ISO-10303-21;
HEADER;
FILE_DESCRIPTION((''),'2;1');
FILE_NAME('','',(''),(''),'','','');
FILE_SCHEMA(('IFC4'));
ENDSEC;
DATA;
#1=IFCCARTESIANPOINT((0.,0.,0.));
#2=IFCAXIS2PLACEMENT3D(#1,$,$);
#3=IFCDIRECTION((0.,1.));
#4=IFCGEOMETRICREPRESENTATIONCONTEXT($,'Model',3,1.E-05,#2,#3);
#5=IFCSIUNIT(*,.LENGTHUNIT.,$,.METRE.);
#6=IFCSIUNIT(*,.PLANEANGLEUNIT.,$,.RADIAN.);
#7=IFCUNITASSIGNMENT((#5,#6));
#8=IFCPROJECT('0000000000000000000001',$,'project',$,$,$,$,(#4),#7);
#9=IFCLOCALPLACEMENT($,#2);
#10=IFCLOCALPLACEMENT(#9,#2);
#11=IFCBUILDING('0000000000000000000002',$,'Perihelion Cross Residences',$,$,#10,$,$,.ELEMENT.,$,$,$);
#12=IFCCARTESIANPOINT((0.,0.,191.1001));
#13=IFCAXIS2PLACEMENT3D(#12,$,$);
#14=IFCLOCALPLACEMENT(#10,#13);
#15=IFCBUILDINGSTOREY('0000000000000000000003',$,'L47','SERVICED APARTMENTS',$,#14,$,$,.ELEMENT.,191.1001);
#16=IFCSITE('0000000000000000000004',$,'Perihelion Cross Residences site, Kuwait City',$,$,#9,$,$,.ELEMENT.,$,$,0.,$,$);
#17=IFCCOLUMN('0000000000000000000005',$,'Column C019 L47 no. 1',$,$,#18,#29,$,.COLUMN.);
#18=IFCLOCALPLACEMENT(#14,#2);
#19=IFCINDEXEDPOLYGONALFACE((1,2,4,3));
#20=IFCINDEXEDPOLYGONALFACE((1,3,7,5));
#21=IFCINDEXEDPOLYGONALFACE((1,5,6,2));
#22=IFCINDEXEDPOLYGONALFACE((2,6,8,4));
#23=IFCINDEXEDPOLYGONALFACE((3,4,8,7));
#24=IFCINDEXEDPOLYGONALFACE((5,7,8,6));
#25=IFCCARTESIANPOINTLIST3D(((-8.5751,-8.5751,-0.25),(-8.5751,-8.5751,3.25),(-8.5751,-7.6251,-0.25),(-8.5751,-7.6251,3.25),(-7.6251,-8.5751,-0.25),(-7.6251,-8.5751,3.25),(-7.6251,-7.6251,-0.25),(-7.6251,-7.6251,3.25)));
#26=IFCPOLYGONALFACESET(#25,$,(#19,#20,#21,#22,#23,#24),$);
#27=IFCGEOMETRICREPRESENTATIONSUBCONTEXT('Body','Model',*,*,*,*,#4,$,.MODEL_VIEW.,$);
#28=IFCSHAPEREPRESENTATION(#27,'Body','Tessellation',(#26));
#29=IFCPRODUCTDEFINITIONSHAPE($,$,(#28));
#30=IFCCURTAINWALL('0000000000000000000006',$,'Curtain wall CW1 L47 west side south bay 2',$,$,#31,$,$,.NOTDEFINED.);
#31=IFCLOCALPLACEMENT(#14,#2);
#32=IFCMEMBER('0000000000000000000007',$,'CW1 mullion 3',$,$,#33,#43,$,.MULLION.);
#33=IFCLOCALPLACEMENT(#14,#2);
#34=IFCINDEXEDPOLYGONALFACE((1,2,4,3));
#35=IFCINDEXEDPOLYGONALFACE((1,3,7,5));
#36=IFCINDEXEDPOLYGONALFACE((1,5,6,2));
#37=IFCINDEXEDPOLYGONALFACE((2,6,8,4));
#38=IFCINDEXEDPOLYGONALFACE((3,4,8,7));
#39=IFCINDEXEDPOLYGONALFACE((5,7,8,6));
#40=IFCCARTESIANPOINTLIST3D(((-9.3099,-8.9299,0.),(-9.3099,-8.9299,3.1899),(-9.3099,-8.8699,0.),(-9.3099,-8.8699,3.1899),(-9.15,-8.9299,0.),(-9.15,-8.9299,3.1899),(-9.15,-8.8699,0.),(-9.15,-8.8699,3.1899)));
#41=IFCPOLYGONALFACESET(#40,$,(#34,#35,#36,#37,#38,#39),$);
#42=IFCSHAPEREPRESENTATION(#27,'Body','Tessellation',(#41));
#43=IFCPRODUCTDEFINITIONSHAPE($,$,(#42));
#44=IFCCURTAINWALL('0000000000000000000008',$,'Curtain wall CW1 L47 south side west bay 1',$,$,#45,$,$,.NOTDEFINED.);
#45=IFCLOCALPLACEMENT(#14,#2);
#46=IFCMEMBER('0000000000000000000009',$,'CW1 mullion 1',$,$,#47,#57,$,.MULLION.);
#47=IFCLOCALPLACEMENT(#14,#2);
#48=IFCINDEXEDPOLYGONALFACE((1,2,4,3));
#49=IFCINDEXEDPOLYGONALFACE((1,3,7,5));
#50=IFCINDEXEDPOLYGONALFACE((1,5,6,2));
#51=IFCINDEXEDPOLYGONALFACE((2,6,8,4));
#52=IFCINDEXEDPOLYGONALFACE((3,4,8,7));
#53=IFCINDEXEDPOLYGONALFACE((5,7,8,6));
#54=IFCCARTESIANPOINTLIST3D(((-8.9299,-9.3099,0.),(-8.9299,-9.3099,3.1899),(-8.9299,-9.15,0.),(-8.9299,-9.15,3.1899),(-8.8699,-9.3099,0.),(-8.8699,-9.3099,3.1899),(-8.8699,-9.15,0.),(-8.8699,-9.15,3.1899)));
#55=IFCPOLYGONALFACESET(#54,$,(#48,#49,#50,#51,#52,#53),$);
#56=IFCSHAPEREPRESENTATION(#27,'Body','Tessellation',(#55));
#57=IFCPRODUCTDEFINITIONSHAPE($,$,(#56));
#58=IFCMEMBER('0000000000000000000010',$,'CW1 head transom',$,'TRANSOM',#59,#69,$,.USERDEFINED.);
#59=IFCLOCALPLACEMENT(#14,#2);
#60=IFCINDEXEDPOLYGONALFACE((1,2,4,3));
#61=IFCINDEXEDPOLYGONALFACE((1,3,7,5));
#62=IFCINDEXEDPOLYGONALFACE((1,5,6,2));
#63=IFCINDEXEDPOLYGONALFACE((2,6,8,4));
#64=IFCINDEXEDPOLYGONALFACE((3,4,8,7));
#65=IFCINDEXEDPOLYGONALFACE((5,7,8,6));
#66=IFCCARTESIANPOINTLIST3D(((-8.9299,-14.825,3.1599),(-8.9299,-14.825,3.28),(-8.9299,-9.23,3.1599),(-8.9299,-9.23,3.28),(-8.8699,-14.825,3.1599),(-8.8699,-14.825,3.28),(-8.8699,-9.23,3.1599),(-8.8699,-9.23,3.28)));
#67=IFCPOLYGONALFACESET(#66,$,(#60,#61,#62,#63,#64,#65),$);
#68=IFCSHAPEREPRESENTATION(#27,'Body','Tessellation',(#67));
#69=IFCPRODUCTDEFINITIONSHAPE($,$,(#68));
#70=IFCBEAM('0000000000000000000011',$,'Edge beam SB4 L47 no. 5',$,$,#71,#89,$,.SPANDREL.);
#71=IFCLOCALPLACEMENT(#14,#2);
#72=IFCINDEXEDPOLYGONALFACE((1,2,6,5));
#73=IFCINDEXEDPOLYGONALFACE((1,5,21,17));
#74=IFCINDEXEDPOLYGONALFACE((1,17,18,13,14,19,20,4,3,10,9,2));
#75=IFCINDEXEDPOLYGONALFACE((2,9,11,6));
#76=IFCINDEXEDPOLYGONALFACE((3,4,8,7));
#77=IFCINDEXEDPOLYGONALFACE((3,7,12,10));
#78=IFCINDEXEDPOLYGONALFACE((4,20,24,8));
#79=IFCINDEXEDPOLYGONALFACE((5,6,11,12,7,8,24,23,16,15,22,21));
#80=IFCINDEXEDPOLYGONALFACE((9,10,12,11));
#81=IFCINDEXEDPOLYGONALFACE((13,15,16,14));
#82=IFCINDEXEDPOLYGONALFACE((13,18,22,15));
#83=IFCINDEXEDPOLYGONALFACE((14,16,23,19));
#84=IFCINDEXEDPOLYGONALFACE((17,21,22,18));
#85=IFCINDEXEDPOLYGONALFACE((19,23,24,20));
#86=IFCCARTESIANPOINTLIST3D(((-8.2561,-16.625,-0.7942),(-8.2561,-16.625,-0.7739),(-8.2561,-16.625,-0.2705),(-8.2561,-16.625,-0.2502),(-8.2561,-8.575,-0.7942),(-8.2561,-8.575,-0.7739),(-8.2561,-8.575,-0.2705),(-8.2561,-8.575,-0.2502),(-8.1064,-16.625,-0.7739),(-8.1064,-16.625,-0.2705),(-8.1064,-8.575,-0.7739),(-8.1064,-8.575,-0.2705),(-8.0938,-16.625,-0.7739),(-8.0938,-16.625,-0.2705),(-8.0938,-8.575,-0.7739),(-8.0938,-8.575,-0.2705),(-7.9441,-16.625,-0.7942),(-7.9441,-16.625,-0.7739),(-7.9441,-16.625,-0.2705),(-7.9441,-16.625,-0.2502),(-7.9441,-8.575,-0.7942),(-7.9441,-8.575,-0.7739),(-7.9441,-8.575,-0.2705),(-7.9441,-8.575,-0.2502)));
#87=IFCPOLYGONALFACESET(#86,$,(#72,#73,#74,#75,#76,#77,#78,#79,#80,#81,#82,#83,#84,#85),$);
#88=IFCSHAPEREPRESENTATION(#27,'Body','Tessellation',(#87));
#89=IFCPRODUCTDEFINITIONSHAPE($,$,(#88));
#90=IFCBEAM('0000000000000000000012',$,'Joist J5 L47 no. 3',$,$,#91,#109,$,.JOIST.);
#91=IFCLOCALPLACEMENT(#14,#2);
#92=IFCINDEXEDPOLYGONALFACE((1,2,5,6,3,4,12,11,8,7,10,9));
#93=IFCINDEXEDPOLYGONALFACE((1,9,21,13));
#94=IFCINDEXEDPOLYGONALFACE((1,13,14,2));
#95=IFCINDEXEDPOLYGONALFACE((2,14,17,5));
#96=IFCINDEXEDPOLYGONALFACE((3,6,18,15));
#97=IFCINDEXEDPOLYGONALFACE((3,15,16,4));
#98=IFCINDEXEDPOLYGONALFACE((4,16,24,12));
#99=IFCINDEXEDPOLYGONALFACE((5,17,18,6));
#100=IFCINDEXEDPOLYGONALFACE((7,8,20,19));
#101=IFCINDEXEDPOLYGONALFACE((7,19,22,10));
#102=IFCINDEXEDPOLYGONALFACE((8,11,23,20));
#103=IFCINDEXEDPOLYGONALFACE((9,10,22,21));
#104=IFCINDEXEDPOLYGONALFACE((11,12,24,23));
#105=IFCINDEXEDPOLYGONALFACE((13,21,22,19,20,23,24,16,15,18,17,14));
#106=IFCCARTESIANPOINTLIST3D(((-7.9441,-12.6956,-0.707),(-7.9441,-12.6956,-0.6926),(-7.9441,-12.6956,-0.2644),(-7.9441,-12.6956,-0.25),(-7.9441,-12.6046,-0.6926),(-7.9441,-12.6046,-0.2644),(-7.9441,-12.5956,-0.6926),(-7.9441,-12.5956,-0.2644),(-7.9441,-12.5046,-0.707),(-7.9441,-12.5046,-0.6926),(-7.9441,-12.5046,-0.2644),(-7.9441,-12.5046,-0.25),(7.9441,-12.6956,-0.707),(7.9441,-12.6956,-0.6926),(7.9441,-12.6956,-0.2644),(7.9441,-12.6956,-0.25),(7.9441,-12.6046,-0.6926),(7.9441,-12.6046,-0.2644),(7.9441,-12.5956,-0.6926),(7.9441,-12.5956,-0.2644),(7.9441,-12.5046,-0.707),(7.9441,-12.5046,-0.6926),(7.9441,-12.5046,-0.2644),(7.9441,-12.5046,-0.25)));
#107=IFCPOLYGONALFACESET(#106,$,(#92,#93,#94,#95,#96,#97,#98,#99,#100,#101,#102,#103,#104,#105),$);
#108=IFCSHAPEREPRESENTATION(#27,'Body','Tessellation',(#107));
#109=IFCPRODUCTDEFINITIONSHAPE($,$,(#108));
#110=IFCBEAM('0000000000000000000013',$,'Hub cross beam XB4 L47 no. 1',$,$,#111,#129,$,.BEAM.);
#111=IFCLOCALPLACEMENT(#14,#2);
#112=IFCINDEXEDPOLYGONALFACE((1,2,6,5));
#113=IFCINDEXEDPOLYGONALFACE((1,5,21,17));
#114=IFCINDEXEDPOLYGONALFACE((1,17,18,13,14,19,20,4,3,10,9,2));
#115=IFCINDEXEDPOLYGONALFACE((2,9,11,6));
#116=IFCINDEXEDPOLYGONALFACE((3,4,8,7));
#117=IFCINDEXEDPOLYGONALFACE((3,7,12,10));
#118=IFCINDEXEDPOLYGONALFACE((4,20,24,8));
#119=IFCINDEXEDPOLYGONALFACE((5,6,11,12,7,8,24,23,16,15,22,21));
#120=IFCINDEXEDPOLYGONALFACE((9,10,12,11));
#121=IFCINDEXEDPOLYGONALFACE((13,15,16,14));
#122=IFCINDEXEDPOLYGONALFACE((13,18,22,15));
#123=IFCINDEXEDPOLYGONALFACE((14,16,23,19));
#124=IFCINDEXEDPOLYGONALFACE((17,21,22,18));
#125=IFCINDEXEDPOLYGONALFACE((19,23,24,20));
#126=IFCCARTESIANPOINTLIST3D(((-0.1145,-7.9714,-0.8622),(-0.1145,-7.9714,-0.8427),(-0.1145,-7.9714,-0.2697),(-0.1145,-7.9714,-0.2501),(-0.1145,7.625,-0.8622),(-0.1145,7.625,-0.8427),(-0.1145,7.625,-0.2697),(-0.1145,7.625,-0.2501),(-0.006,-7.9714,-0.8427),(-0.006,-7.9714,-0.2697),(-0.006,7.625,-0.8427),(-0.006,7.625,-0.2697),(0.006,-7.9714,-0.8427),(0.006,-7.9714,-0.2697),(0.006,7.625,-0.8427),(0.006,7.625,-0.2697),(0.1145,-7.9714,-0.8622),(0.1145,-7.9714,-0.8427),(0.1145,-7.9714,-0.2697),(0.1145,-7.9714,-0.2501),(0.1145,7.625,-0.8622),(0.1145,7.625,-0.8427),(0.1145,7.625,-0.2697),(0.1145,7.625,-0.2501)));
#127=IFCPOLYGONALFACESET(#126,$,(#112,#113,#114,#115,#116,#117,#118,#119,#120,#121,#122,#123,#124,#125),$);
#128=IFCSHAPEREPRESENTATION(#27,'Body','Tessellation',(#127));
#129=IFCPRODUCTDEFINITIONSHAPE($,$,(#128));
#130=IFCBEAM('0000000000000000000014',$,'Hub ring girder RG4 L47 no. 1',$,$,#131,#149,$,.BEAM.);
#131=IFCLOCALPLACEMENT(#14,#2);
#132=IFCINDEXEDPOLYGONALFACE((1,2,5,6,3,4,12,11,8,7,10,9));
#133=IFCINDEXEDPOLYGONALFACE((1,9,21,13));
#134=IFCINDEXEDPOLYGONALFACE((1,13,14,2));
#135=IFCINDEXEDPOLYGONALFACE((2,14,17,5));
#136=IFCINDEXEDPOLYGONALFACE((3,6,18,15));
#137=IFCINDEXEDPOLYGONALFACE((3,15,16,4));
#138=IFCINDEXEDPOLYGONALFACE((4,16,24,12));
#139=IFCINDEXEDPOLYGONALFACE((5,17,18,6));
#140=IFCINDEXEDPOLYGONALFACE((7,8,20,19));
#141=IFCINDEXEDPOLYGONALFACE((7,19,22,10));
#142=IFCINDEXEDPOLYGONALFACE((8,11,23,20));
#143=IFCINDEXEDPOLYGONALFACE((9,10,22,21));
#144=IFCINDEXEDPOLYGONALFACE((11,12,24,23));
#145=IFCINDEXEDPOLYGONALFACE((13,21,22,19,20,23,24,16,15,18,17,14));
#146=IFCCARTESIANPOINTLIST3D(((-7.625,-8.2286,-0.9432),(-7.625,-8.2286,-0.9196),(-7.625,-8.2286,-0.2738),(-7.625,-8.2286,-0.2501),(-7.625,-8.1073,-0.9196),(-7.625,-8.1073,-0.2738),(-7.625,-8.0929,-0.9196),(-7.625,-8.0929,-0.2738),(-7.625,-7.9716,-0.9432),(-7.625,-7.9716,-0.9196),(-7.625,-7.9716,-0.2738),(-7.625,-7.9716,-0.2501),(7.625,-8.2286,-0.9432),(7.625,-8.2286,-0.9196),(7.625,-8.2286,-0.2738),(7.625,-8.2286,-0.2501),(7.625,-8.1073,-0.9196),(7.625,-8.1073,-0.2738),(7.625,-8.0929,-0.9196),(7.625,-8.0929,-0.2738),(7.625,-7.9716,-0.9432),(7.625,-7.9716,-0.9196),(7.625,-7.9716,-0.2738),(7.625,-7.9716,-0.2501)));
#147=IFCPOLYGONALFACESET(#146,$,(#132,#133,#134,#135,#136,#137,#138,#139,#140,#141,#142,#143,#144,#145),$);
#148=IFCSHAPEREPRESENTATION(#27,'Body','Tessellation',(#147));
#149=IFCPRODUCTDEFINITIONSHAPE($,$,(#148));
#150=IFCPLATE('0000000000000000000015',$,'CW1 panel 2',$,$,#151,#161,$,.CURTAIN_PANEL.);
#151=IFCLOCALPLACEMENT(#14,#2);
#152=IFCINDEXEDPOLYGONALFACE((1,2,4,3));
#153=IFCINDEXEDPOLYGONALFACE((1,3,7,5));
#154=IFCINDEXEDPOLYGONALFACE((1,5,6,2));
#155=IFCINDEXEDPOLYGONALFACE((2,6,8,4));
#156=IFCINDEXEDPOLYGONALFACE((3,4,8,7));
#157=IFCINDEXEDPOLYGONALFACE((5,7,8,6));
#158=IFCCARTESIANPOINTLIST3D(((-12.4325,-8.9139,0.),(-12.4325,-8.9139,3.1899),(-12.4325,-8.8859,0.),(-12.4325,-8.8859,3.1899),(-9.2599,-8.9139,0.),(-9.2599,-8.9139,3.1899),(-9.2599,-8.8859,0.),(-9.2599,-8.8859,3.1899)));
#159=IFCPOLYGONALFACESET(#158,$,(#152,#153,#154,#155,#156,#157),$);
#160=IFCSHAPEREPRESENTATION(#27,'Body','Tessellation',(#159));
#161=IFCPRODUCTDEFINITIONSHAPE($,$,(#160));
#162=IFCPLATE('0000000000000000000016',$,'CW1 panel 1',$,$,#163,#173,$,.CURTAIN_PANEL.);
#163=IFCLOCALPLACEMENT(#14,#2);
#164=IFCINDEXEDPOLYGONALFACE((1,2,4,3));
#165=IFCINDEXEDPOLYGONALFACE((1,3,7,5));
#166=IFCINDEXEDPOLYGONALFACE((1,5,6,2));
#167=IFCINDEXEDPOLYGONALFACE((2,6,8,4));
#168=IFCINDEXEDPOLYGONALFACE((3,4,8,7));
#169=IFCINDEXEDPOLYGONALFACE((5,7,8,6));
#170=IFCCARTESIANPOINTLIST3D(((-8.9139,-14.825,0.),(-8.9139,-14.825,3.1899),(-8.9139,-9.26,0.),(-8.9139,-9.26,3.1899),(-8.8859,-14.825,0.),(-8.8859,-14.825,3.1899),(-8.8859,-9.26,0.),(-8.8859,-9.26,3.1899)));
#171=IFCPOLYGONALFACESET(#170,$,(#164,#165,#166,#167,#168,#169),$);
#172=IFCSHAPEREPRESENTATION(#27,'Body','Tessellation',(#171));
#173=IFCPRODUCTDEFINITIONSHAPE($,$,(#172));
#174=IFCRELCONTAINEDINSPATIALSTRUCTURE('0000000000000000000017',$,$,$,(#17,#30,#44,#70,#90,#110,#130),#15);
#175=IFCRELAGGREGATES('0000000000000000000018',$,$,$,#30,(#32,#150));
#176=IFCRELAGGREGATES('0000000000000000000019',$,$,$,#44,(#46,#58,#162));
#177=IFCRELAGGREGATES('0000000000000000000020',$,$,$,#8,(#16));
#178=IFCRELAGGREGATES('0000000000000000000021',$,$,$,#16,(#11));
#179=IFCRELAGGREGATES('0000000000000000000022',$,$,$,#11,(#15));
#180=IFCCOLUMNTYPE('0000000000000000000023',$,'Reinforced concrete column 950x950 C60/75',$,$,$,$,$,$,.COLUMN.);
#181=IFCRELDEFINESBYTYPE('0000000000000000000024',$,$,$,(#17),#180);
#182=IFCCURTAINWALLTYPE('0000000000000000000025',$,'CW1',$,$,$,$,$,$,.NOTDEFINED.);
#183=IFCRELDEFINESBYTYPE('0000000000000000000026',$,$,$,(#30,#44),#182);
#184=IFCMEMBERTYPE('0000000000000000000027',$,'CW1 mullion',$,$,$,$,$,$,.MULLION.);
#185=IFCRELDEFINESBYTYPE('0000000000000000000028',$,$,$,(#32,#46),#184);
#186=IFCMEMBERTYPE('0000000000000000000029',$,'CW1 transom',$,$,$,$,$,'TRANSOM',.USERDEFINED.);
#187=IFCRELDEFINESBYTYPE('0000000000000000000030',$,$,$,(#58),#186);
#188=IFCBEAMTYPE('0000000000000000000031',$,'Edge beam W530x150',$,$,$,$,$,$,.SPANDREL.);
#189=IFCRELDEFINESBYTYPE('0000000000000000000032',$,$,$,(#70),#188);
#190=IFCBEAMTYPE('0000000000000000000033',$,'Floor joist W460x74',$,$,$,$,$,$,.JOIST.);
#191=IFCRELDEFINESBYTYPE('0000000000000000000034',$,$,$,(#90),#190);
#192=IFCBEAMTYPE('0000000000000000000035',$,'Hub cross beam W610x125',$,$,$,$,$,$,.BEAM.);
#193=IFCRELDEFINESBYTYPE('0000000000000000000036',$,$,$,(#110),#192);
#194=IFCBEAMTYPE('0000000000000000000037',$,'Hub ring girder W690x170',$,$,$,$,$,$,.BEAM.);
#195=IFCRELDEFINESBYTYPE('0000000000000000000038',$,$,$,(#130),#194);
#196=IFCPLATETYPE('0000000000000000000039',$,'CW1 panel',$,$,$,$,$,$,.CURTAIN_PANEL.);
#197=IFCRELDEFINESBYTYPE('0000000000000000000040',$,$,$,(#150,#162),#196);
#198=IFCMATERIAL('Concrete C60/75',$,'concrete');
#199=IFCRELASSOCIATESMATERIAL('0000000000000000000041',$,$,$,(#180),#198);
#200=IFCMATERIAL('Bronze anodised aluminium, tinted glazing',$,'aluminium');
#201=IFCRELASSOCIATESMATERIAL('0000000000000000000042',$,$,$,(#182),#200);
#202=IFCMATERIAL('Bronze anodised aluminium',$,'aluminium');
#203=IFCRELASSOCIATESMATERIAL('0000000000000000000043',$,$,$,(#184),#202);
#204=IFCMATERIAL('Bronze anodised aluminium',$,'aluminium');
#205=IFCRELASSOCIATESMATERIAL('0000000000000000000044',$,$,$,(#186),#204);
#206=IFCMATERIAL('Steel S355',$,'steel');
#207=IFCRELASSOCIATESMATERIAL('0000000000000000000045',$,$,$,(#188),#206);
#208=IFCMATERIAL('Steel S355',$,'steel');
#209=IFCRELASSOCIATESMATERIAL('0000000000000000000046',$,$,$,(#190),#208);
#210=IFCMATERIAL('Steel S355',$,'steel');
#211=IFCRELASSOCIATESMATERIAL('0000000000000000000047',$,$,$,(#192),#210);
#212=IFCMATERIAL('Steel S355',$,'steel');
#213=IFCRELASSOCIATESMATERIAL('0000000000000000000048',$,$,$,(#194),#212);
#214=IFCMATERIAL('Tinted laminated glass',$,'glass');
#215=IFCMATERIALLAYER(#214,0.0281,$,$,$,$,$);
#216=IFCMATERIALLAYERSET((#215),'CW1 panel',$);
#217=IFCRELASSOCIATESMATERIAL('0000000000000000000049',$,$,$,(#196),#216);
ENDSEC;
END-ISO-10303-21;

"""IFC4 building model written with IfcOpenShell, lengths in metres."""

from ifc_helpers import new_model, si_unit, direction, frame, origin, origin_2d, place, context, subcontext, project, spatial, rectangle, i_section, extrude, material, layer, layer_set, material_profile, profile_set, type_object, element, aggregate, save


model = new_model("IFC4")

# Units and contexts
model_context = context("Model", 3, precision=1e-05, world=origin(), true_north=direction((0.0, 1.0)))
body_context = subcontext(model_context, "Body", "Model", "MODEL_VIEW")
ifc_project = project(units=[si_unit("LENGTHUNIT", "METRE"), si_unit("PLANEANGLEUNIT", "RADIAN")], contexts=[model_context])

# Site, building, storey
site_placement = place(None, origin())
site = spatial("IfcSite", under=ifc_project, at=site_placement, Name="Perihelion Cross Residences site, Kuwait City", CompositionType="ELEMENT", RefElevation=0.0)
building_placement = place(site_placement, origin())
building = spatial("IfcBuilding", under=site, at=building_placement, Name="Perihelion Cross Residences", CompositionType="ELEMENT")
storey_placement = place(building_placement, frame((0.0, 0.0, 191.1001)))
storey = spatial("IfcBuildingStorey", under=building, at=storey_placement, Name="L47", Description="SERVICED APARTMENTS", CompositionType="ELEMENT", Elevation=191.1001)

# Column
ifc_material_1 = material(Name="Concrete C60/75", Category="concrete")
ifc_material_profile_1 = material_profile(ifc_material_1, rectangle(XDim=0.95, YDim=0.95, at=origin_2d()), Name="RC 950x950")
ifc_profile_set_1 = profile_set([ifc_material_profile_1], Name="Concrete C60/75")
column_type = type_object("IfcColumnType", Name="Reinforced concrete column 950x950 C60/75", PredefinedType="COLUMN", material=ifc_profile_set_1)
column_placement = place(storey_placement, frame((-8.1001, -8.1001, -0.25), z_axis=(0.0, 0.0, 1.0), x_axis=(1.0, 0.0, 0.0)))
element("IfcColumn", 1, at=column_placement, inside=storey, type_object=column_type, Name="Column C019 L47 no. 1", PredefinedType="COLUMN", context=body_context, shape_type="SweptSolid", body=[
    extrude(rectangle(XDim=0.95, YDim=0.95, at=origin_2d()), origin(), (0.0, 0.0, 1.0), 3.5),
])

# Curtain wall, member
ifc_material_2 = material(Name="Bronze anodised aluminium, tinted glazing", Category="aluminium")
curtain_wall_type = type_object("IfcCurtainWallType", Name="CW1", PredefinedType="NOTDEFINED", material=ifc_material_2)
curtain_wall_1_placement = place(storey_placement, origin())
curtain_wall_1 = element("IfcCurtainWall", 2, at=curtain_wall_1_placement, inside=storey, type_object=curtain_wall_type, Name="Curtain wall CW1 L47 west side south bay 2", PredefinedType="NOTDEFINED")
ifc_material_3 = material(Name="Bronze anodised aluminium", Category="aluminium")
ifc_material_profile_2 = material_profile(ifc_material_3, rectangle(XDim=0.0601, YDim=0.1599, at=origin_2d()), Name="CW1 mullion")
ifc_profile_set_2 = profile_set([ifc_material_profile_2], Name="Bronze anodised aluminium")
member_type_1 = type_object("IfcMemberType", Name="CW1 mullion", PredefinedType="MULLION", material=ifc_profile_set_2)
member_1_placement = place(storey_placement, frame((-9.23, -8.8999, 0.0), z_axis=(0.0, 0.0, 1.0), x_axis=(0.0, 1.0, 0.0)))
member_1 = element("IfcMember", 3, at=member_1_placement, type_object=member_type_1, Name="CW1 mullion 3", PredefinedType="MULLION", context=body_context, shape_type="SweptSolid", body=[
    extrude(rectangle(XDim=0.0601, YDim=0.1599, at=origin_2d()), origin(), (0.0, 0.0, 1.0), 3.1899),
])

# Curtain wall, members
curtain_wall_2_placement = place(storey_placement, origin())
curtain_wall_2 = element("IfcCurtainWall", 4, at=curtain_wall_2_placement, inside=storey, type_object=curtain_wall_type, Name="Curtain wall CW1 L47 south side west bay 1", PredefinedType="NOTDEFINED")
member_2_placement = place(storey_placement, frame((-8.8999, -9.23, 0.0), z_axis=(0.0, 0.0, 1.0), x_axis=(1.0, 0.0, 0.0)))
member_2 = element("IfcMember", 5, at=member_2_placement, type_object=member_type_1, Name="CW1 mullion 1", PredefinedType="MULLION", context=body_context, shape_type="SweptSolid", body=[
    extrude(rectangle(XDim=0.0601, YDim=0.1599, at=origin_2d()), origin(), (0.0, 0.0, 1.0), 3.1899),
])
ifc_material_4 = material(Name="Bronze anodised aluminium", Category="aluminium")
ifc_material_profile_3 = material_profile(ifc_material_4, rectangle(XDim=0.0601, YDim=0.1201, at=origin_2d()), Name="CW1 transom")
ifc_profile_set_3 = profile_set([ifc_material_profile_3], Name="Bronze anodised aluminium")
member_type_2 = type_object("IfcMemberType", Name="CW1 transom", ElementType="TRANSOM", PredefinedType="USERDEFINED", material=ifc_profile_set_3)
member_3_placement = place(storey_placement, frame((-8.8999, -9.23, 3.22), z_axis=(0.0, -1.0, 0.0), x_axis=(1.0, 0.0, 0.0)))
member_3 = element("IfcMember", 6, at=member_3_placement, type_object=member_type_2, Name="CW1 head transom", ObjectType="TRANSOM", PredefinedType="USERDEFINED", context=body_context, shape_type="SweptSolid", body=[
    extrude(rectangle(XDim=0.0601, YDim=0.1201, at=origin_2d()), origin(), (0.0, 0.0, 1.0), 5.595),
])

# Beams
ifc_material_5 = material(Name="Steel S355", Category="steel")
ifc_material_profile_4 = material_profile(ifc_material_5, i_section(OverallWidth=0.312, OverallDepth=0.5439, WebThickness=0.0127, FlangeThickness=0.0203, at=origin_2d()), Name="W530x150")
ifc_profile_set_4 = profile_set([ifc_material_profile_4], Name="Steel S355")
beam_type_1 = type_object("IfcBeamType", Name="Edge beam W530x150", PredefinedType="SPANDREL", material=ifc_profile_set_4)
beam_1_placement = place(storey_placement, frame((-8.1001, -8.575, -0.5222), z_axis=(0.0, -1.0, 0.0), x_axis=(1.0, 0.0, 0.0)))
element("IfcBeam", 7, at=beam_1_placement, inside=storey, type_object=beam_type_1, Name="Edge beam SB4 L47 no. 5", PredefinedType="SPANDREL", context=body_context, shape_type="SweptSolid", body=[
    extrude(i_section(OverallWidth=0.312, OverallDepth=0.5439, WebThickness=0.0127, FlangeThickness=0.0203, at=origin_2d()), origin(), (0.0, 0.0, 1.0), 8.05),
])
ifc_material_6 = material(Name="Steel S355", Category="steel")
ifc_material_profile_5 = material_profile(ifc_material_6, i_section(OverallWidth=0.1909, OverallDepth=0.457, WebThickness=0.009, FlangeThickness=0.0144, at=origin_2d()), Name="W460x74")
ifc_profile_set_5 = profile_set([ifc_material_profile_5], Name="Steel S355")
beam_type_2 = type_object("IfcBeamType", Name="Floor joist W460x74", PredefinedType="JOIST", material=ifc_profile_set_5)
beam_2_placement = place(storey_placement, frame((-7.9441, -12.6001, -0.4785), z_axis=(1.0, 0.0, 0.0), x_axis=(0.0, 1.0, 0.0)))
element("IfcBeam", 8, at=beam_2_placement, inside=storey, type_object=beam_type_2, Name="Joist J5 L47 no. 3", PredefinedType="JOIST", context=body_context, shape_type="SweptSolid", body=[
    extrude(i_section(OverallWidth=0.1909, OverallDepth=0.457, WebThickness=0.009, FlangeThickness=0.0144, at=origin_2d()), origin(), (0.0, 0.0, 1.0), 15.8882),
])
ifc_material_7 = material(Name="Steel S355", Category="steel")
ifc_material_profile_6 = material_profile(ifc_material_7, i_section(OverallWidth=0.229, OverallDepth=0.6121, WebThickness=0.012, FlangeThickness=0.0195, at=origin_2d()), Name="W610x125")
ifc_profile_set_6 = profile_set([ifc_material_profile_6], Name="Steel S355")
beam_type_3 = type_object("IfcBeamType", Name="Hub cross beam W610x125", PredefinedType="BEAM", material=ifc_profile_set_6)
beam_3_placement = place(storey_placement, frame((0.0, -7.9714, -0.5562), z_axis=(0.0, 1.0, 0.0), x_axis=(-1.0, 0.0, 0.0)))
element("IfcBeam", 9, at=beam_3_placement, inside=storey, type_object=beam_type_3, Name="Hub cross beam XB4 L47 no. 1", PredefinedType="BEAM", context=body_context, shape_type="SweptSolid", body=[
    extrude(i_section(OverallWidth=0.229, OverallDepth=0.6121, WebThickness=0.012, FlangeThickness=0.0195, at=origin_2d()), origin(), (0.0, 0.0, 1.0), 15.5964),
])
ifc_material_8 = material(Name="Steel S355", Category="steel")
ifc_material_profile_7 = material_profile(ifc_material_8, i_section(OverallWidth=0.2571, OverallDepth=0.6931, WebThickness=0.0144, FlangeThickness=0.0237, at=origin_2d()), Name="W690x170")
ifc_profile_set_7 = profile_set([ifc_material_profile_7], Name="Steel S355")
beam_type_4 = type_object("IfcBeamType", Name="Hub ring girder W690x170", PredefinedType="BEAM", material=ifc_profile_set_7)
beam_4_placement = place(storey_placement, frame((-7.625, -8.1001, -0.5967), z_axis=(1.0, 0.0, 0.0), x_axis=(0.0, 1.0, 0.0)))
element("IfcBeam", 10, at=beam_4_placement, inside=storey, type_object=beam_type_4, Name="Hub ring girder RG4 L47 no. 1", PredefinedType="BEAM", context=body_context, shape_type="SweptSolid", body=[
    extrude(i_section(OverallWidth=0.2571, OverallDepth=0.6931, WebThickness=0.0144, FlangeThickness=0.0237, at=origin_2d()), origin(), (0.0, 0.0, 1.0), 15.25),
])

# Plates
ifc_material_9 = material(Name="Tinted laminated glass", Category="glass")
ifc_layer_1 = layer(ifc_material_9, 0.0281)
ifc_layer_set_1 = layer_set([ifc_layer_1], Name="CW1 panel")
plate_type = type_object("IfcPlateType", Name="CW1 panel", PredefinedType="CURTAIN_PANEL", material=ifc_layer_set_1)
plate_1_placement = place(storey_placement, frame((-10.8462, -8.8999, 0.0), z_axis=(0.0, 0.0, 1.0), x_axis=(1.0, 0.0, 0.0)))
plate_1 = element("IfcPlate", 11, at=plate_1_placement, type_object=plate_type, Name="CW1 panel 2", PredefinedType="CURTAIN_PANEL", context=body_context, shape_type="SweptSolid", body=[
    extrude(rectangle(XDim=3.1726, YDim=0.0281, at=origin_2d()), origin(), (0.0, 0.0, 1.0), 3.1899),
])
aggregate(curtain_wall_1, [member_1, plate_1])
plate_2_placement = place(storey_placement, frame((-8.8999, -12.0425, 0.0), z_axis=(0.0, 0.0, 1.0), x_axis=(0.0, -1.0, 0.0)))
plate_2 = element("IfcPlate", 12, at=plate_2_placement, type_object=plate_type, Name="CW1 panel 1", PredefinedType="CURTAIN_PANEL", context=body_context, shape_type="SweptSolid", body=[
    extrude(rectangle(XDim=5.5649, YDim=0.0281, at=origin_2d()), origin(), (0.0, 0.0, 1.0), 3.1899),
])
aggregate(curtain_wall_2, [member_2, member_3, plate_2])

save(model, "model.ifc")
